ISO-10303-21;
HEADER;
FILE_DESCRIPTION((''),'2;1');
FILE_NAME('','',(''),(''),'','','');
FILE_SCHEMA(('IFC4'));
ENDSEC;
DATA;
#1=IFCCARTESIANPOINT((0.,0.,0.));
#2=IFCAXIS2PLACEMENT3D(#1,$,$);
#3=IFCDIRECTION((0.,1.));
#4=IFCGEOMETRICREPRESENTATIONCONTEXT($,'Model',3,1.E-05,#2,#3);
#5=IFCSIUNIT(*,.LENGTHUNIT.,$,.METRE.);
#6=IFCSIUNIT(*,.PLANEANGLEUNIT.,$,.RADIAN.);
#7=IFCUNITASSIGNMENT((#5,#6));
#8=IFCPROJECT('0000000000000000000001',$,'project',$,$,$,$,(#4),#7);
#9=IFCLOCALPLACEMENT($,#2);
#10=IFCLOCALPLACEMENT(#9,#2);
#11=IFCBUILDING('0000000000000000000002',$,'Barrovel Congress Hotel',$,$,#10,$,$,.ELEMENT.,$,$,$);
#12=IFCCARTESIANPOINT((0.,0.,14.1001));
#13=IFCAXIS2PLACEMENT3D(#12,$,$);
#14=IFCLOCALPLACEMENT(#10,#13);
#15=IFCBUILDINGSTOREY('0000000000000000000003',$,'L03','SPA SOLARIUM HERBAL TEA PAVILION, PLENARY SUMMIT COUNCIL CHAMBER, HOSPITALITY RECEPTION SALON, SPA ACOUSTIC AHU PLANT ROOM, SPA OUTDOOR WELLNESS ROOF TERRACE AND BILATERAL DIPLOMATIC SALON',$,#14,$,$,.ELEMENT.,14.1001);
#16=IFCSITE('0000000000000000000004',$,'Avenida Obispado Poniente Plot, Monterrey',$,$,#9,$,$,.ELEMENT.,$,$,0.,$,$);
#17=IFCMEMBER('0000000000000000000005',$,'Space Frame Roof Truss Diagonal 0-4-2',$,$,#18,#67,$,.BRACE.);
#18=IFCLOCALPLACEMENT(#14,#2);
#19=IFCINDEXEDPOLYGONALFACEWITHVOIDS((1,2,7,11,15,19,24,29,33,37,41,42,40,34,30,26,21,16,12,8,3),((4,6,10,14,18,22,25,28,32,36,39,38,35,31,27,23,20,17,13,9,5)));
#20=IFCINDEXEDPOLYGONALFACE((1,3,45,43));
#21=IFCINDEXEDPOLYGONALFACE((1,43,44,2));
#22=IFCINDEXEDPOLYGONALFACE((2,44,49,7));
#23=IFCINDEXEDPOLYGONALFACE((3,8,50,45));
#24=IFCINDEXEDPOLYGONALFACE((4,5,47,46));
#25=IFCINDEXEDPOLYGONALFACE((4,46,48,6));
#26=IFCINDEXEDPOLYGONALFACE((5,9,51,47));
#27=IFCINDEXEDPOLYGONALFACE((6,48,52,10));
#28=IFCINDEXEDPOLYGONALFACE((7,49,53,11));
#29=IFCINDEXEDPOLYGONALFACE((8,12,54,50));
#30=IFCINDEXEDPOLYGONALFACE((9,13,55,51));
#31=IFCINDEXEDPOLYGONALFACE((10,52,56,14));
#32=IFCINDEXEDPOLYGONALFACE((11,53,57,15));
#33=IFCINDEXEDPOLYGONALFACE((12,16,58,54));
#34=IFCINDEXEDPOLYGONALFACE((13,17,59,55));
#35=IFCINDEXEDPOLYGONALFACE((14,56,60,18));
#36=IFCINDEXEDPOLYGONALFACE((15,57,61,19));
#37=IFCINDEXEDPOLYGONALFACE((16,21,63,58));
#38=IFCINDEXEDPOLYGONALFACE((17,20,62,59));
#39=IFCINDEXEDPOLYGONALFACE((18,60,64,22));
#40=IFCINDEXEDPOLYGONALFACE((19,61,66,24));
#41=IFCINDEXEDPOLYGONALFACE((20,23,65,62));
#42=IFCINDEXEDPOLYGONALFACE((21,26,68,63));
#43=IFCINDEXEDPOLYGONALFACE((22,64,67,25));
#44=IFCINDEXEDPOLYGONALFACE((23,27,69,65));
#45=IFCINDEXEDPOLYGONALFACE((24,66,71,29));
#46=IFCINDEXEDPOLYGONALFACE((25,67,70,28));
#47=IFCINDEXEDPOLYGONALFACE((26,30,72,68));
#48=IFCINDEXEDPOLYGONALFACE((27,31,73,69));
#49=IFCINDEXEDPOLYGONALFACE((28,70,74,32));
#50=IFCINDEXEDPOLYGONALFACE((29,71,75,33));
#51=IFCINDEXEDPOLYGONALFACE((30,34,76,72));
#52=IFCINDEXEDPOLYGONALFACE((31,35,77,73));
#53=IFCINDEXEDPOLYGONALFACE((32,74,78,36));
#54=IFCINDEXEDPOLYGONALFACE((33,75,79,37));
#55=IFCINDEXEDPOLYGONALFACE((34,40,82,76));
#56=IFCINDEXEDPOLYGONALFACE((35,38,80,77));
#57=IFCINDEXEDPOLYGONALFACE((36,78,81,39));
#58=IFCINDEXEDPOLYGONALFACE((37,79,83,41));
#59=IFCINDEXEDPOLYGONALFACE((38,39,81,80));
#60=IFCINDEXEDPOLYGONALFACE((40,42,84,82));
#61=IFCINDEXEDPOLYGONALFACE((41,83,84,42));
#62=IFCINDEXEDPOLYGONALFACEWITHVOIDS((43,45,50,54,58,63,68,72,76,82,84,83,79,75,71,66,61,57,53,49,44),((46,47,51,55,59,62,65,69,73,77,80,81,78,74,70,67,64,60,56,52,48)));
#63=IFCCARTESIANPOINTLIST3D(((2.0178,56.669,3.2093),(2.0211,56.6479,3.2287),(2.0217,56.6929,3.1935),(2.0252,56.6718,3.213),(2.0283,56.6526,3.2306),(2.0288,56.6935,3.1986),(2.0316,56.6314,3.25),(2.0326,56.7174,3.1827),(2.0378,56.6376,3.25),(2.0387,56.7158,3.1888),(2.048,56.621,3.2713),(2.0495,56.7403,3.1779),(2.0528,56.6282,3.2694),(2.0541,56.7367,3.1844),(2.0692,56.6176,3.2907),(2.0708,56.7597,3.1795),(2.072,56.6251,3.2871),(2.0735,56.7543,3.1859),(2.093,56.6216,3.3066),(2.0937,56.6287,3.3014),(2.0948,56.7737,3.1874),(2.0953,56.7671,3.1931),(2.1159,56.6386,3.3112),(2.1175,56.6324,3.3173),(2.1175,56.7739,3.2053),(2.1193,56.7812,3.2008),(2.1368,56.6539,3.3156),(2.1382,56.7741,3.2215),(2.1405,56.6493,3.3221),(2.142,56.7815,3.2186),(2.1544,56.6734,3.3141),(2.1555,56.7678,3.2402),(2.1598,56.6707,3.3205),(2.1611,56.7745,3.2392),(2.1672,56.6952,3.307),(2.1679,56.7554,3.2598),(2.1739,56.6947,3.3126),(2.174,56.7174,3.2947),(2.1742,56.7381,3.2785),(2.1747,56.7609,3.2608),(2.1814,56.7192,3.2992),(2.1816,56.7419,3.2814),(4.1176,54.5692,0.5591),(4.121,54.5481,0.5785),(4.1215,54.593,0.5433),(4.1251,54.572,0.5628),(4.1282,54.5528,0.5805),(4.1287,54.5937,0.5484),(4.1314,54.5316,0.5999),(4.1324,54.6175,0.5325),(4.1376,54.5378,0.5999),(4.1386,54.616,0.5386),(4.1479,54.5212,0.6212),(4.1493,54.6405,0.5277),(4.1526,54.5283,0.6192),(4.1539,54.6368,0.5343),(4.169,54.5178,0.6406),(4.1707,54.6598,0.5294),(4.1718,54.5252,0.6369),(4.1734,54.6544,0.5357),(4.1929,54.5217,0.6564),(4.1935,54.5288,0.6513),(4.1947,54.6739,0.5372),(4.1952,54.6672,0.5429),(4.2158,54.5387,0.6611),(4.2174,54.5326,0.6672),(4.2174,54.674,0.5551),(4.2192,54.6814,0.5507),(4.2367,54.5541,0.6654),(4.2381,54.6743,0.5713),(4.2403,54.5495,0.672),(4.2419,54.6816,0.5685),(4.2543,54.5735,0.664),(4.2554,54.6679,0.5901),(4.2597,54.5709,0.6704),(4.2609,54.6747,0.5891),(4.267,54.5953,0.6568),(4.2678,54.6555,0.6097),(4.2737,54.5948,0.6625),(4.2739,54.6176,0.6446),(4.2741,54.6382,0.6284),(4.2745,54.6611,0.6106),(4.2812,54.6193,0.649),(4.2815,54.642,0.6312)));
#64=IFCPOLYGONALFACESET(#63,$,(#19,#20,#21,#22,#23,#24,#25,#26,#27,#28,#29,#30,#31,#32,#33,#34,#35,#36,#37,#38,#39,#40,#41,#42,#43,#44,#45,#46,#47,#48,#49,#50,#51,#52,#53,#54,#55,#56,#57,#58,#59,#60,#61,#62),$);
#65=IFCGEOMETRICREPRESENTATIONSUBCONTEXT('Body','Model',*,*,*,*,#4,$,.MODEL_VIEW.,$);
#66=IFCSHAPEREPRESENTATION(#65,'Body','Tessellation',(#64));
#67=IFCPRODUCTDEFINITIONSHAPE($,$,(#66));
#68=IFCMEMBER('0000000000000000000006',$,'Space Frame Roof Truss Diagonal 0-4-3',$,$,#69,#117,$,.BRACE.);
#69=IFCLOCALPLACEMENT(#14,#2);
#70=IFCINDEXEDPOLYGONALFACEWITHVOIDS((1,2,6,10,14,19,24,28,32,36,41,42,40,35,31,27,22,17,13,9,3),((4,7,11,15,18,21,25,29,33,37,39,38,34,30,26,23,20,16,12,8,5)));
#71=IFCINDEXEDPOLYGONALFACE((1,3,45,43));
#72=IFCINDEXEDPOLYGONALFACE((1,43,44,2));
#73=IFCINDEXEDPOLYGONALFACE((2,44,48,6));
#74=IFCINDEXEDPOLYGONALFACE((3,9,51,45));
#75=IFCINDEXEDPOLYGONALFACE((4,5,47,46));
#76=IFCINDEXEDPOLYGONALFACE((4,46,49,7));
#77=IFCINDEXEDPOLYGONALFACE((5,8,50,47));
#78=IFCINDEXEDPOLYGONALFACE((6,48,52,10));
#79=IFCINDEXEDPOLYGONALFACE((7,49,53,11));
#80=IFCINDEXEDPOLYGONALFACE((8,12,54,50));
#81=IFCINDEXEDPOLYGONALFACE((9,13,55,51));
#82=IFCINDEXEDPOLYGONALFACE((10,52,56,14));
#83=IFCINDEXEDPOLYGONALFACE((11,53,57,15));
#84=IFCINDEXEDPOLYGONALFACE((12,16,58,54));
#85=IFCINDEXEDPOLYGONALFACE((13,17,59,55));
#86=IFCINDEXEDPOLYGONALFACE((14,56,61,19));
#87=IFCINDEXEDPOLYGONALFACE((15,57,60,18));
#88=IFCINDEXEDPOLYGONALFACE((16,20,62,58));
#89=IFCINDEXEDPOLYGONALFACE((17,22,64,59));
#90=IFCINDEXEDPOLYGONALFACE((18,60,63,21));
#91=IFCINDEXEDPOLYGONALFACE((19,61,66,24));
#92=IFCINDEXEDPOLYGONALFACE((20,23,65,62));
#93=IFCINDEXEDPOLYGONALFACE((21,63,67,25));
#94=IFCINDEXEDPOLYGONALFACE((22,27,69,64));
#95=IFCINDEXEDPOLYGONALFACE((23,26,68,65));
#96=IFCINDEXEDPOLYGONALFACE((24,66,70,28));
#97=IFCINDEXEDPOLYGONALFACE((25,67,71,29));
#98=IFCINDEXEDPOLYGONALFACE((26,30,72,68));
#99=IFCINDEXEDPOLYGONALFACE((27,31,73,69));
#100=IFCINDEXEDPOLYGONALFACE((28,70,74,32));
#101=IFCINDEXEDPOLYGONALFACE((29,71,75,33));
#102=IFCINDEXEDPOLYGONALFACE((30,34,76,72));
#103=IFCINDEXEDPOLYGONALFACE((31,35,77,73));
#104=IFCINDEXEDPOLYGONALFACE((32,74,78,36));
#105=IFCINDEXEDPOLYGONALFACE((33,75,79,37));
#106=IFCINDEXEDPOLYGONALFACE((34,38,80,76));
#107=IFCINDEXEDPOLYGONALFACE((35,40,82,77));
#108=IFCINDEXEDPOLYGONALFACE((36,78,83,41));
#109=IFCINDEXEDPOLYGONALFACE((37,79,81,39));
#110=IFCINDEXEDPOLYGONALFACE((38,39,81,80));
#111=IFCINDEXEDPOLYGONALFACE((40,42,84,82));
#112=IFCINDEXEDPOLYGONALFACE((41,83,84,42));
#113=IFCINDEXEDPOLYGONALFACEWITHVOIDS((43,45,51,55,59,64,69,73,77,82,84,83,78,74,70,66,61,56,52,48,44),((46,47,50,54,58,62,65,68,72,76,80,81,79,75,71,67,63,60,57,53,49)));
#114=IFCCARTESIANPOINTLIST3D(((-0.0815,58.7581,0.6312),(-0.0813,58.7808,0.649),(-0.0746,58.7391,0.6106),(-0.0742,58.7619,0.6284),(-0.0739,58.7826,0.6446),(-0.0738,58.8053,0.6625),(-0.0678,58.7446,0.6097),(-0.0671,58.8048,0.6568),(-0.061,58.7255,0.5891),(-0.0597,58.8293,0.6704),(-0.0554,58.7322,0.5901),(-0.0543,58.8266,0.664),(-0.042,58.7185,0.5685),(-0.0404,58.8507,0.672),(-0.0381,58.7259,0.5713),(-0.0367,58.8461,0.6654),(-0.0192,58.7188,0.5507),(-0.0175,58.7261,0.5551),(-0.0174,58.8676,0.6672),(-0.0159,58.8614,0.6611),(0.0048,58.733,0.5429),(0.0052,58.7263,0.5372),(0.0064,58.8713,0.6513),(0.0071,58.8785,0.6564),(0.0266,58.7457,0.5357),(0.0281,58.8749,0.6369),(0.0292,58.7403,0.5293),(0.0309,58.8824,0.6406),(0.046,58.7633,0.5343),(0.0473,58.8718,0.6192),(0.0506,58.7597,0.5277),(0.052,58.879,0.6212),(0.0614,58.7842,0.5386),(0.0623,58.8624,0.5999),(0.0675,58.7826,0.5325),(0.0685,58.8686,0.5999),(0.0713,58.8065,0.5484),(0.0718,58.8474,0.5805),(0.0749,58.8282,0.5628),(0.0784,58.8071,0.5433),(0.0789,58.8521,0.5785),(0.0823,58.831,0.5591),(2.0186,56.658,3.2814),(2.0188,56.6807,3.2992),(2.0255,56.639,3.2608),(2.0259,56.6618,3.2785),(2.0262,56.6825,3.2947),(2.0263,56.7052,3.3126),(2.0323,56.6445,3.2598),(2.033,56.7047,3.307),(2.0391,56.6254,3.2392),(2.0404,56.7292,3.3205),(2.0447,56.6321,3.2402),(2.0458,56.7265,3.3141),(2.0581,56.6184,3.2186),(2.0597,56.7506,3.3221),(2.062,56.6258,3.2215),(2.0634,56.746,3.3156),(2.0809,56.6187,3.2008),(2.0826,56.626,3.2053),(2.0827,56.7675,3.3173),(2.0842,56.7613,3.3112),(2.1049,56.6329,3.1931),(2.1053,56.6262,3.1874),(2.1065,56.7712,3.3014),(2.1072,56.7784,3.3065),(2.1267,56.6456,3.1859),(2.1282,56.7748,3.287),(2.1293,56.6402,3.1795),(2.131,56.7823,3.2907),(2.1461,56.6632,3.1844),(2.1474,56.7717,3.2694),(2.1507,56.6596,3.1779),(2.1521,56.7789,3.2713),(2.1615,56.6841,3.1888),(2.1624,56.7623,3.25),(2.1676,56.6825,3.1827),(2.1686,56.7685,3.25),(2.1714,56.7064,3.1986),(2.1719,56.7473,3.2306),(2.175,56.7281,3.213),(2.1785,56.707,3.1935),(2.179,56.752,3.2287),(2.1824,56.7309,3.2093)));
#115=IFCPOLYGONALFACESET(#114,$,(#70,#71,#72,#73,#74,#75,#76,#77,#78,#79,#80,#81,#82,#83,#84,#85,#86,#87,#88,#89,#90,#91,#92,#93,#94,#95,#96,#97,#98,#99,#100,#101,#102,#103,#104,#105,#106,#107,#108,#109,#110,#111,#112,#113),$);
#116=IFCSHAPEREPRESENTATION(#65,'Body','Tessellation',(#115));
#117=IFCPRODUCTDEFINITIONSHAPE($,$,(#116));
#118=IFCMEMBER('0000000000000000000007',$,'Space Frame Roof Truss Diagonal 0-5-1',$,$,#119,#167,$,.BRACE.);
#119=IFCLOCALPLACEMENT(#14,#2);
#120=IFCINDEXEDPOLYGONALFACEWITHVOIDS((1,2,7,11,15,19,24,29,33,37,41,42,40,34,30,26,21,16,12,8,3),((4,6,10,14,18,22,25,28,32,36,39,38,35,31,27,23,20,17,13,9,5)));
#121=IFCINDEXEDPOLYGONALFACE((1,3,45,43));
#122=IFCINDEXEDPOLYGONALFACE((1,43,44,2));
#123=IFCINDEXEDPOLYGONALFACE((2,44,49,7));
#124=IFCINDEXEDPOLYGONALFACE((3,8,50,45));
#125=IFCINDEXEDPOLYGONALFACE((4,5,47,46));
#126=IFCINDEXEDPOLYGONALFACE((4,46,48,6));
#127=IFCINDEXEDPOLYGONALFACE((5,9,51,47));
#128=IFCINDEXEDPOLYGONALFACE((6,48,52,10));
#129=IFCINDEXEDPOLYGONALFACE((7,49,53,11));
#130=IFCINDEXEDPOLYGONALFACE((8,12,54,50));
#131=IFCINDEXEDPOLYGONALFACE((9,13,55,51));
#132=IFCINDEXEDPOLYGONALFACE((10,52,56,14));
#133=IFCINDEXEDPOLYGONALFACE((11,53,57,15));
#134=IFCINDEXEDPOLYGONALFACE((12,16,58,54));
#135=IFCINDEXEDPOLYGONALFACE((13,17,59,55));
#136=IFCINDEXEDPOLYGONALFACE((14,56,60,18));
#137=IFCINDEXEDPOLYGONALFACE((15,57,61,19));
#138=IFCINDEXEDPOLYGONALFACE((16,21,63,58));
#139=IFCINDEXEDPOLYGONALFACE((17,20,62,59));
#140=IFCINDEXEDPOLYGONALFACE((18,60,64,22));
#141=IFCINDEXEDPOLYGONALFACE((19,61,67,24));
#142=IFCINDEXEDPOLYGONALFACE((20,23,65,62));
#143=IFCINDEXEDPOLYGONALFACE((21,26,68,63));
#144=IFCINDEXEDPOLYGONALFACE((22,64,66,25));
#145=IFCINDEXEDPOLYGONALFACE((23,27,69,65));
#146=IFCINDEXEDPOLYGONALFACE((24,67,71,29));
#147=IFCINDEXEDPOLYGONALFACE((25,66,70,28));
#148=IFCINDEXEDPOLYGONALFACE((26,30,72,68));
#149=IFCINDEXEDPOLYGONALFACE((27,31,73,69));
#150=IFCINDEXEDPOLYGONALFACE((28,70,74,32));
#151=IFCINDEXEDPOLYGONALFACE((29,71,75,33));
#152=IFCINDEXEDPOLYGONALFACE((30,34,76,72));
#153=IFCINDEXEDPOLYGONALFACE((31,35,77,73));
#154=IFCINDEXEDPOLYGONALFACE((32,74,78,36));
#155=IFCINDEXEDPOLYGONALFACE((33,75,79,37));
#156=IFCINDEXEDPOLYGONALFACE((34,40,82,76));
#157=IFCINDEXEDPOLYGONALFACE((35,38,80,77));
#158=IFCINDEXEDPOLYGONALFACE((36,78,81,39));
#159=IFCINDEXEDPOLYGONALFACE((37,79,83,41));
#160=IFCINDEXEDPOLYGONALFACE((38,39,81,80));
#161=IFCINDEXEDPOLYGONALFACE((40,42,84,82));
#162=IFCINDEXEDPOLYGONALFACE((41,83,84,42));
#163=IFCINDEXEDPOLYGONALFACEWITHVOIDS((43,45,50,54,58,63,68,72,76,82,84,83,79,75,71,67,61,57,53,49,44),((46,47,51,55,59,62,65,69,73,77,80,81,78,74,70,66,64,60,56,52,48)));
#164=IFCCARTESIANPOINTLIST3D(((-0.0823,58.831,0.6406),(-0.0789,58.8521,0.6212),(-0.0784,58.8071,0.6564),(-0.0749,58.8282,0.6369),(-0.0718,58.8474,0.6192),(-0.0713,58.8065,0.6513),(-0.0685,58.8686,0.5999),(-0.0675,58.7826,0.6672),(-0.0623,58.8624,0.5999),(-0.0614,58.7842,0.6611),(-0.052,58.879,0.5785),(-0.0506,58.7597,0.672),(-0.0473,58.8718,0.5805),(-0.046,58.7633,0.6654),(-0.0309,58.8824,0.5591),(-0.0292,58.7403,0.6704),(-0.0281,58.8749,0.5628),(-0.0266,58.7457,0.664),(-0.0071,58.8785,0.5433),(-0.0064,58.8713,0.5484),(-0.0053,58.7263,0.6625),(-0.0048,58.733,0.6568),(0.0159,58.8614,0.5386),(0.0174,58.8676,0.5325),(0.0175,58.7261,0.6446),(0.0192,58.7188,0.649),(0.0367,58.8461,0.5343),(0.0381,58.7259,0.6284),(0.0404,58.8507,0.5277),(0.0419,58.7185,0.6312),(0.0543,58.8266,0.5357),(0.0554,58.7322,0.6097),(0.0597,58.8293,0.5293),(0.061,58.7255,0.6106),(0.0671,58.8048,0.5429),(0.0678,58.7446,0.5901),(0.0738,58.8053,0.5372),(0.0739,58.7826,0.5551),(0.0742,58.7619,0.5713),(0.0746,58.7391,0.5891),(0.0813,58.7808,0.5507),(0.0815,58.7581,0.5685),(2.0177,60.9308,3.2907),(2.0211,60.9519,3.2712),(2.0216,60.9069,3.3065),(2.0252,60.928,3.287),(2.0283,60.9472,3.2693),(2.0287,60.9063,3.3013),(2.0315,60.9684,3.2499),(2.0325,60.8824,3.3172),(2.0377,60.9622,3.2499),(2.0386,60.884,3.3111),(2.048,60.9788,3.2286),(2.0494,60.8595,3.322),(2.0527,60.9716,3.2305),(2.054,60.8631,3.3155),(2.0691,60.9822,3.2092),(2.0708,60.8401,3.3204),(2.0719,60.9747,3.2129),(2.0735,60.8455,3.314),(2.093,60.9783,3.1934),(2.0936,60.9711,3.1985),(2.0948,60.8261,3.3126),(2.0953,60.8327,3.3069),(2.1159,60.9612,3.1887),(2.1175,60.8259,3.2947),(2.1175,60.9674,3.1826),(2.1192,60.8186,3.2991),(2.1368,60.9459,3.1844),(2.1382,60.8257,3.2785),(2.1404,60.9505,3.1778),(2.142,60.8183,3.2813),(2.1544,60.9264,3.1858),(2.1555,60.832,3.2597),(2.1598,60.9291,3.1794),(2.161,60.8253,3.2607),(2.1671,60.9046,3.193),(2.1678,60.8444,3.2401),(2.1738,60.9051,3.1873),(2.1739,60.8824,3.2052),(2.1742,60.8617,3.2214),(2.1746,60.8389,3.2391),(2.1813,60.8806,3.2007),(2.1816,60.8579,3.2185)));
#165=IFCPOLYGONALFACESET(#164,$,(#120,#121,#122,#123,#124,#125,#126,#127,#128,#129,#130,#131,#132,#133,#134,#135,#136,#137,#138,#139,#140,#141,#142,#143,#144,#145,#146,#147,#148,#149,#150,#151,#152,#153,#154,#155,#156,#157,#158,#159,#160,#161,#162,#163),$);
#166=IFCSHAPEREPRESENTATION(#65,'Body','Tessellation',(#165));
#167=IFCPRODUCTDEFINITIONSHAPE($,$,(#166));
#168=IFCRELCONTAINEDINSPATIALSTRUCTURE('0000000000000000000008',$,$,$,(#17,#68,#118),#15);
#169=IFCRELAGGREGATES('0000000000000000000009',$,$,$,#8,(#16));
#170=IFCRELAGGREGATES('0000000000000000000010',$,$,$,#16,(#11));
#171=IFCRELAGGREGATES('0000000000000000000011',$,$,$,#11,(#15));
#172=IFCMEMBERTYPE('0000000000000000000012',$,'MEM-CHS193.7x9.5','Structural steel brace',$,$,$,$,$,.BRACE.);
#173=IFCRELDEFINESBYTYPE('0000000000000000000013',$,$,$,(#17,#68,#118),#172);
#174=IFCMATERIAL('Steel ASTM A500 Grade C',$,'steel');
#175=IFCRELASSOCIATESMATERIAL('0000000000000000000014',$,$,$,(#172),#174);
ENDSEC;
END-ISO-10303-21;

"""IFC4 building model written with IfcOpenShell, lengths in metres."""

from ifc_helpers import new_model, si_unit, direction, frame, origin, origin_2d, place, context, subcontext, project, spatial, hollow_circle, extrude, material, material_profile, profile_set, type_object, element, save


model = new_model("IFC4")

# Units and contexts
model_context = context("Model", 3, precision=1e-05, world=origin(), true_north=direction((0.0, 1.0)))
body_context = subcontext(model_context, "Body", "Model", "MODEL_VIEW")
ifc_project = project(units=[si_unit("LENGTHUNIT", "METRE"), si_unit("PLANEANGLEUNIT", "RADIAN")], contexts=[model_context])

# Site, building, storey
site_placement = place(None, origin())
site = spatial("IfcSite", under=ifc_project, at=site_placement, Name="Avenida Obispado Poniente Plot, Monterrey", CompositionType="ELEMENT", RefElevation=0.0)
building_placement = place(site_placement, origin())
building = spatial("IfcBuilding", under=site, at=building_placement, Name="Barrovel Congress Hotel", CompositionType="ELEMENT")
storey_placement = place(building_placement, frame((0.0, 0.0, 14.1001)))
storey = spatial("IfcBuildingStorey", under=building, at=storey_placement, Name="L03", Description="SPA SOLARIUM HERBAL TEA PAVILION, PLENARY SUMMIT COUNCIL CHAMBER, HOSPITALITY RECEPTION SALON, SPA ACOUSTIC AHU PLANT ROOM, SPA OUTDOOR WELLNESS ROOF TERRACE AND BILATERAL DIPLOMATIC SALON", CompositionType="ELEMENT", Elevation=14.1001)

# Members
ifc_material_1 = material(Name="Steel ASTM A500 Grade C", Category="steel")
ifc_material_profile_1 = material_profile(ifc_material_1, hollow_circle(Radius=0.0969, WallThickness=0.0088, at=origin_2d()), Name="CHS193.7x9.5")
ifc_profile_set_1 = profile_set([ifc_material_profile_1], Name="Steel ASTM A500 Grade C")
member_type_1 = type_object("IfcMemberType", Name="MEM-CHS193.7x9.5", Description="Structural steel brace", PredefinedType="BRACE", material=ifc_profile_set_1)
for number, where, z_axis, x_axis, name in (
    (1, (4.2, 54.6001, 0.5999), (-0.527574, 0.527574, 0.665831), (-0.707107, -0.707107, 0.0), "Space Frame Roof Truss Diagonal 0-4-2"),
):
    element("IfcMember", number, at=place(storey_placement, frame(where, z_axis=z_axis, x_axis=x_axis)), inside=storey, type_object=member_type_1, Name=name, PredefinedType="BRACE", context=body_context, shape_type="SweptSolid", body=[
        extrude(hollow_circle(Radius=0.0969, WallThickness=0.0088, at=origin_2d()), origin(), (0.0, 0.0, 1.0), 3.9802),
    ])
member_1_placement = place(storey_placement, frame((0.0, 58.8, 0.5999), z_axis=(0.527601, -0.527601, 0.665788), x_axis=(0.707107, 0.707107, 0.0)))
element("IfcMember", 2, at=member_1_placement, inside=storey, type_object=member_type_1, Name="Space Frame Roof Truss Diagonal 0-4-3", PredefinedType="BRACE", context=body_context, shape_type="SweptSolid", body=[
    extrude(hollow_circle(Radius=0.0969, WallThickness=0.0088, at=origin_2d()), origin(), (0.0, 0.0, 1.0), 3.9805),
])
member_2_placement = place(storey_placement, frame((0.0, 58.8, 0.5999), z_axis=(0.527618, 0.527557, 0.66581), x_axis=(-0.707066, 0.707148, 0.0)))
element("IfcMember", 3, at=member_2_placement, inside=storey, type_object=member_type_1, Name="Space Frame Roof Truss Diagonal 0-5-1", PredefinedType="BRACE", context=body_context, shape_type="SweptSolid", body=[
    extrude(hollow_circle(Radius=0.0969, WallThickness=0.0088, at=origin_2d()), origin(), (0.0, 0.0, 1.0), 3.9802),
])

save(model, "model.ifc")
